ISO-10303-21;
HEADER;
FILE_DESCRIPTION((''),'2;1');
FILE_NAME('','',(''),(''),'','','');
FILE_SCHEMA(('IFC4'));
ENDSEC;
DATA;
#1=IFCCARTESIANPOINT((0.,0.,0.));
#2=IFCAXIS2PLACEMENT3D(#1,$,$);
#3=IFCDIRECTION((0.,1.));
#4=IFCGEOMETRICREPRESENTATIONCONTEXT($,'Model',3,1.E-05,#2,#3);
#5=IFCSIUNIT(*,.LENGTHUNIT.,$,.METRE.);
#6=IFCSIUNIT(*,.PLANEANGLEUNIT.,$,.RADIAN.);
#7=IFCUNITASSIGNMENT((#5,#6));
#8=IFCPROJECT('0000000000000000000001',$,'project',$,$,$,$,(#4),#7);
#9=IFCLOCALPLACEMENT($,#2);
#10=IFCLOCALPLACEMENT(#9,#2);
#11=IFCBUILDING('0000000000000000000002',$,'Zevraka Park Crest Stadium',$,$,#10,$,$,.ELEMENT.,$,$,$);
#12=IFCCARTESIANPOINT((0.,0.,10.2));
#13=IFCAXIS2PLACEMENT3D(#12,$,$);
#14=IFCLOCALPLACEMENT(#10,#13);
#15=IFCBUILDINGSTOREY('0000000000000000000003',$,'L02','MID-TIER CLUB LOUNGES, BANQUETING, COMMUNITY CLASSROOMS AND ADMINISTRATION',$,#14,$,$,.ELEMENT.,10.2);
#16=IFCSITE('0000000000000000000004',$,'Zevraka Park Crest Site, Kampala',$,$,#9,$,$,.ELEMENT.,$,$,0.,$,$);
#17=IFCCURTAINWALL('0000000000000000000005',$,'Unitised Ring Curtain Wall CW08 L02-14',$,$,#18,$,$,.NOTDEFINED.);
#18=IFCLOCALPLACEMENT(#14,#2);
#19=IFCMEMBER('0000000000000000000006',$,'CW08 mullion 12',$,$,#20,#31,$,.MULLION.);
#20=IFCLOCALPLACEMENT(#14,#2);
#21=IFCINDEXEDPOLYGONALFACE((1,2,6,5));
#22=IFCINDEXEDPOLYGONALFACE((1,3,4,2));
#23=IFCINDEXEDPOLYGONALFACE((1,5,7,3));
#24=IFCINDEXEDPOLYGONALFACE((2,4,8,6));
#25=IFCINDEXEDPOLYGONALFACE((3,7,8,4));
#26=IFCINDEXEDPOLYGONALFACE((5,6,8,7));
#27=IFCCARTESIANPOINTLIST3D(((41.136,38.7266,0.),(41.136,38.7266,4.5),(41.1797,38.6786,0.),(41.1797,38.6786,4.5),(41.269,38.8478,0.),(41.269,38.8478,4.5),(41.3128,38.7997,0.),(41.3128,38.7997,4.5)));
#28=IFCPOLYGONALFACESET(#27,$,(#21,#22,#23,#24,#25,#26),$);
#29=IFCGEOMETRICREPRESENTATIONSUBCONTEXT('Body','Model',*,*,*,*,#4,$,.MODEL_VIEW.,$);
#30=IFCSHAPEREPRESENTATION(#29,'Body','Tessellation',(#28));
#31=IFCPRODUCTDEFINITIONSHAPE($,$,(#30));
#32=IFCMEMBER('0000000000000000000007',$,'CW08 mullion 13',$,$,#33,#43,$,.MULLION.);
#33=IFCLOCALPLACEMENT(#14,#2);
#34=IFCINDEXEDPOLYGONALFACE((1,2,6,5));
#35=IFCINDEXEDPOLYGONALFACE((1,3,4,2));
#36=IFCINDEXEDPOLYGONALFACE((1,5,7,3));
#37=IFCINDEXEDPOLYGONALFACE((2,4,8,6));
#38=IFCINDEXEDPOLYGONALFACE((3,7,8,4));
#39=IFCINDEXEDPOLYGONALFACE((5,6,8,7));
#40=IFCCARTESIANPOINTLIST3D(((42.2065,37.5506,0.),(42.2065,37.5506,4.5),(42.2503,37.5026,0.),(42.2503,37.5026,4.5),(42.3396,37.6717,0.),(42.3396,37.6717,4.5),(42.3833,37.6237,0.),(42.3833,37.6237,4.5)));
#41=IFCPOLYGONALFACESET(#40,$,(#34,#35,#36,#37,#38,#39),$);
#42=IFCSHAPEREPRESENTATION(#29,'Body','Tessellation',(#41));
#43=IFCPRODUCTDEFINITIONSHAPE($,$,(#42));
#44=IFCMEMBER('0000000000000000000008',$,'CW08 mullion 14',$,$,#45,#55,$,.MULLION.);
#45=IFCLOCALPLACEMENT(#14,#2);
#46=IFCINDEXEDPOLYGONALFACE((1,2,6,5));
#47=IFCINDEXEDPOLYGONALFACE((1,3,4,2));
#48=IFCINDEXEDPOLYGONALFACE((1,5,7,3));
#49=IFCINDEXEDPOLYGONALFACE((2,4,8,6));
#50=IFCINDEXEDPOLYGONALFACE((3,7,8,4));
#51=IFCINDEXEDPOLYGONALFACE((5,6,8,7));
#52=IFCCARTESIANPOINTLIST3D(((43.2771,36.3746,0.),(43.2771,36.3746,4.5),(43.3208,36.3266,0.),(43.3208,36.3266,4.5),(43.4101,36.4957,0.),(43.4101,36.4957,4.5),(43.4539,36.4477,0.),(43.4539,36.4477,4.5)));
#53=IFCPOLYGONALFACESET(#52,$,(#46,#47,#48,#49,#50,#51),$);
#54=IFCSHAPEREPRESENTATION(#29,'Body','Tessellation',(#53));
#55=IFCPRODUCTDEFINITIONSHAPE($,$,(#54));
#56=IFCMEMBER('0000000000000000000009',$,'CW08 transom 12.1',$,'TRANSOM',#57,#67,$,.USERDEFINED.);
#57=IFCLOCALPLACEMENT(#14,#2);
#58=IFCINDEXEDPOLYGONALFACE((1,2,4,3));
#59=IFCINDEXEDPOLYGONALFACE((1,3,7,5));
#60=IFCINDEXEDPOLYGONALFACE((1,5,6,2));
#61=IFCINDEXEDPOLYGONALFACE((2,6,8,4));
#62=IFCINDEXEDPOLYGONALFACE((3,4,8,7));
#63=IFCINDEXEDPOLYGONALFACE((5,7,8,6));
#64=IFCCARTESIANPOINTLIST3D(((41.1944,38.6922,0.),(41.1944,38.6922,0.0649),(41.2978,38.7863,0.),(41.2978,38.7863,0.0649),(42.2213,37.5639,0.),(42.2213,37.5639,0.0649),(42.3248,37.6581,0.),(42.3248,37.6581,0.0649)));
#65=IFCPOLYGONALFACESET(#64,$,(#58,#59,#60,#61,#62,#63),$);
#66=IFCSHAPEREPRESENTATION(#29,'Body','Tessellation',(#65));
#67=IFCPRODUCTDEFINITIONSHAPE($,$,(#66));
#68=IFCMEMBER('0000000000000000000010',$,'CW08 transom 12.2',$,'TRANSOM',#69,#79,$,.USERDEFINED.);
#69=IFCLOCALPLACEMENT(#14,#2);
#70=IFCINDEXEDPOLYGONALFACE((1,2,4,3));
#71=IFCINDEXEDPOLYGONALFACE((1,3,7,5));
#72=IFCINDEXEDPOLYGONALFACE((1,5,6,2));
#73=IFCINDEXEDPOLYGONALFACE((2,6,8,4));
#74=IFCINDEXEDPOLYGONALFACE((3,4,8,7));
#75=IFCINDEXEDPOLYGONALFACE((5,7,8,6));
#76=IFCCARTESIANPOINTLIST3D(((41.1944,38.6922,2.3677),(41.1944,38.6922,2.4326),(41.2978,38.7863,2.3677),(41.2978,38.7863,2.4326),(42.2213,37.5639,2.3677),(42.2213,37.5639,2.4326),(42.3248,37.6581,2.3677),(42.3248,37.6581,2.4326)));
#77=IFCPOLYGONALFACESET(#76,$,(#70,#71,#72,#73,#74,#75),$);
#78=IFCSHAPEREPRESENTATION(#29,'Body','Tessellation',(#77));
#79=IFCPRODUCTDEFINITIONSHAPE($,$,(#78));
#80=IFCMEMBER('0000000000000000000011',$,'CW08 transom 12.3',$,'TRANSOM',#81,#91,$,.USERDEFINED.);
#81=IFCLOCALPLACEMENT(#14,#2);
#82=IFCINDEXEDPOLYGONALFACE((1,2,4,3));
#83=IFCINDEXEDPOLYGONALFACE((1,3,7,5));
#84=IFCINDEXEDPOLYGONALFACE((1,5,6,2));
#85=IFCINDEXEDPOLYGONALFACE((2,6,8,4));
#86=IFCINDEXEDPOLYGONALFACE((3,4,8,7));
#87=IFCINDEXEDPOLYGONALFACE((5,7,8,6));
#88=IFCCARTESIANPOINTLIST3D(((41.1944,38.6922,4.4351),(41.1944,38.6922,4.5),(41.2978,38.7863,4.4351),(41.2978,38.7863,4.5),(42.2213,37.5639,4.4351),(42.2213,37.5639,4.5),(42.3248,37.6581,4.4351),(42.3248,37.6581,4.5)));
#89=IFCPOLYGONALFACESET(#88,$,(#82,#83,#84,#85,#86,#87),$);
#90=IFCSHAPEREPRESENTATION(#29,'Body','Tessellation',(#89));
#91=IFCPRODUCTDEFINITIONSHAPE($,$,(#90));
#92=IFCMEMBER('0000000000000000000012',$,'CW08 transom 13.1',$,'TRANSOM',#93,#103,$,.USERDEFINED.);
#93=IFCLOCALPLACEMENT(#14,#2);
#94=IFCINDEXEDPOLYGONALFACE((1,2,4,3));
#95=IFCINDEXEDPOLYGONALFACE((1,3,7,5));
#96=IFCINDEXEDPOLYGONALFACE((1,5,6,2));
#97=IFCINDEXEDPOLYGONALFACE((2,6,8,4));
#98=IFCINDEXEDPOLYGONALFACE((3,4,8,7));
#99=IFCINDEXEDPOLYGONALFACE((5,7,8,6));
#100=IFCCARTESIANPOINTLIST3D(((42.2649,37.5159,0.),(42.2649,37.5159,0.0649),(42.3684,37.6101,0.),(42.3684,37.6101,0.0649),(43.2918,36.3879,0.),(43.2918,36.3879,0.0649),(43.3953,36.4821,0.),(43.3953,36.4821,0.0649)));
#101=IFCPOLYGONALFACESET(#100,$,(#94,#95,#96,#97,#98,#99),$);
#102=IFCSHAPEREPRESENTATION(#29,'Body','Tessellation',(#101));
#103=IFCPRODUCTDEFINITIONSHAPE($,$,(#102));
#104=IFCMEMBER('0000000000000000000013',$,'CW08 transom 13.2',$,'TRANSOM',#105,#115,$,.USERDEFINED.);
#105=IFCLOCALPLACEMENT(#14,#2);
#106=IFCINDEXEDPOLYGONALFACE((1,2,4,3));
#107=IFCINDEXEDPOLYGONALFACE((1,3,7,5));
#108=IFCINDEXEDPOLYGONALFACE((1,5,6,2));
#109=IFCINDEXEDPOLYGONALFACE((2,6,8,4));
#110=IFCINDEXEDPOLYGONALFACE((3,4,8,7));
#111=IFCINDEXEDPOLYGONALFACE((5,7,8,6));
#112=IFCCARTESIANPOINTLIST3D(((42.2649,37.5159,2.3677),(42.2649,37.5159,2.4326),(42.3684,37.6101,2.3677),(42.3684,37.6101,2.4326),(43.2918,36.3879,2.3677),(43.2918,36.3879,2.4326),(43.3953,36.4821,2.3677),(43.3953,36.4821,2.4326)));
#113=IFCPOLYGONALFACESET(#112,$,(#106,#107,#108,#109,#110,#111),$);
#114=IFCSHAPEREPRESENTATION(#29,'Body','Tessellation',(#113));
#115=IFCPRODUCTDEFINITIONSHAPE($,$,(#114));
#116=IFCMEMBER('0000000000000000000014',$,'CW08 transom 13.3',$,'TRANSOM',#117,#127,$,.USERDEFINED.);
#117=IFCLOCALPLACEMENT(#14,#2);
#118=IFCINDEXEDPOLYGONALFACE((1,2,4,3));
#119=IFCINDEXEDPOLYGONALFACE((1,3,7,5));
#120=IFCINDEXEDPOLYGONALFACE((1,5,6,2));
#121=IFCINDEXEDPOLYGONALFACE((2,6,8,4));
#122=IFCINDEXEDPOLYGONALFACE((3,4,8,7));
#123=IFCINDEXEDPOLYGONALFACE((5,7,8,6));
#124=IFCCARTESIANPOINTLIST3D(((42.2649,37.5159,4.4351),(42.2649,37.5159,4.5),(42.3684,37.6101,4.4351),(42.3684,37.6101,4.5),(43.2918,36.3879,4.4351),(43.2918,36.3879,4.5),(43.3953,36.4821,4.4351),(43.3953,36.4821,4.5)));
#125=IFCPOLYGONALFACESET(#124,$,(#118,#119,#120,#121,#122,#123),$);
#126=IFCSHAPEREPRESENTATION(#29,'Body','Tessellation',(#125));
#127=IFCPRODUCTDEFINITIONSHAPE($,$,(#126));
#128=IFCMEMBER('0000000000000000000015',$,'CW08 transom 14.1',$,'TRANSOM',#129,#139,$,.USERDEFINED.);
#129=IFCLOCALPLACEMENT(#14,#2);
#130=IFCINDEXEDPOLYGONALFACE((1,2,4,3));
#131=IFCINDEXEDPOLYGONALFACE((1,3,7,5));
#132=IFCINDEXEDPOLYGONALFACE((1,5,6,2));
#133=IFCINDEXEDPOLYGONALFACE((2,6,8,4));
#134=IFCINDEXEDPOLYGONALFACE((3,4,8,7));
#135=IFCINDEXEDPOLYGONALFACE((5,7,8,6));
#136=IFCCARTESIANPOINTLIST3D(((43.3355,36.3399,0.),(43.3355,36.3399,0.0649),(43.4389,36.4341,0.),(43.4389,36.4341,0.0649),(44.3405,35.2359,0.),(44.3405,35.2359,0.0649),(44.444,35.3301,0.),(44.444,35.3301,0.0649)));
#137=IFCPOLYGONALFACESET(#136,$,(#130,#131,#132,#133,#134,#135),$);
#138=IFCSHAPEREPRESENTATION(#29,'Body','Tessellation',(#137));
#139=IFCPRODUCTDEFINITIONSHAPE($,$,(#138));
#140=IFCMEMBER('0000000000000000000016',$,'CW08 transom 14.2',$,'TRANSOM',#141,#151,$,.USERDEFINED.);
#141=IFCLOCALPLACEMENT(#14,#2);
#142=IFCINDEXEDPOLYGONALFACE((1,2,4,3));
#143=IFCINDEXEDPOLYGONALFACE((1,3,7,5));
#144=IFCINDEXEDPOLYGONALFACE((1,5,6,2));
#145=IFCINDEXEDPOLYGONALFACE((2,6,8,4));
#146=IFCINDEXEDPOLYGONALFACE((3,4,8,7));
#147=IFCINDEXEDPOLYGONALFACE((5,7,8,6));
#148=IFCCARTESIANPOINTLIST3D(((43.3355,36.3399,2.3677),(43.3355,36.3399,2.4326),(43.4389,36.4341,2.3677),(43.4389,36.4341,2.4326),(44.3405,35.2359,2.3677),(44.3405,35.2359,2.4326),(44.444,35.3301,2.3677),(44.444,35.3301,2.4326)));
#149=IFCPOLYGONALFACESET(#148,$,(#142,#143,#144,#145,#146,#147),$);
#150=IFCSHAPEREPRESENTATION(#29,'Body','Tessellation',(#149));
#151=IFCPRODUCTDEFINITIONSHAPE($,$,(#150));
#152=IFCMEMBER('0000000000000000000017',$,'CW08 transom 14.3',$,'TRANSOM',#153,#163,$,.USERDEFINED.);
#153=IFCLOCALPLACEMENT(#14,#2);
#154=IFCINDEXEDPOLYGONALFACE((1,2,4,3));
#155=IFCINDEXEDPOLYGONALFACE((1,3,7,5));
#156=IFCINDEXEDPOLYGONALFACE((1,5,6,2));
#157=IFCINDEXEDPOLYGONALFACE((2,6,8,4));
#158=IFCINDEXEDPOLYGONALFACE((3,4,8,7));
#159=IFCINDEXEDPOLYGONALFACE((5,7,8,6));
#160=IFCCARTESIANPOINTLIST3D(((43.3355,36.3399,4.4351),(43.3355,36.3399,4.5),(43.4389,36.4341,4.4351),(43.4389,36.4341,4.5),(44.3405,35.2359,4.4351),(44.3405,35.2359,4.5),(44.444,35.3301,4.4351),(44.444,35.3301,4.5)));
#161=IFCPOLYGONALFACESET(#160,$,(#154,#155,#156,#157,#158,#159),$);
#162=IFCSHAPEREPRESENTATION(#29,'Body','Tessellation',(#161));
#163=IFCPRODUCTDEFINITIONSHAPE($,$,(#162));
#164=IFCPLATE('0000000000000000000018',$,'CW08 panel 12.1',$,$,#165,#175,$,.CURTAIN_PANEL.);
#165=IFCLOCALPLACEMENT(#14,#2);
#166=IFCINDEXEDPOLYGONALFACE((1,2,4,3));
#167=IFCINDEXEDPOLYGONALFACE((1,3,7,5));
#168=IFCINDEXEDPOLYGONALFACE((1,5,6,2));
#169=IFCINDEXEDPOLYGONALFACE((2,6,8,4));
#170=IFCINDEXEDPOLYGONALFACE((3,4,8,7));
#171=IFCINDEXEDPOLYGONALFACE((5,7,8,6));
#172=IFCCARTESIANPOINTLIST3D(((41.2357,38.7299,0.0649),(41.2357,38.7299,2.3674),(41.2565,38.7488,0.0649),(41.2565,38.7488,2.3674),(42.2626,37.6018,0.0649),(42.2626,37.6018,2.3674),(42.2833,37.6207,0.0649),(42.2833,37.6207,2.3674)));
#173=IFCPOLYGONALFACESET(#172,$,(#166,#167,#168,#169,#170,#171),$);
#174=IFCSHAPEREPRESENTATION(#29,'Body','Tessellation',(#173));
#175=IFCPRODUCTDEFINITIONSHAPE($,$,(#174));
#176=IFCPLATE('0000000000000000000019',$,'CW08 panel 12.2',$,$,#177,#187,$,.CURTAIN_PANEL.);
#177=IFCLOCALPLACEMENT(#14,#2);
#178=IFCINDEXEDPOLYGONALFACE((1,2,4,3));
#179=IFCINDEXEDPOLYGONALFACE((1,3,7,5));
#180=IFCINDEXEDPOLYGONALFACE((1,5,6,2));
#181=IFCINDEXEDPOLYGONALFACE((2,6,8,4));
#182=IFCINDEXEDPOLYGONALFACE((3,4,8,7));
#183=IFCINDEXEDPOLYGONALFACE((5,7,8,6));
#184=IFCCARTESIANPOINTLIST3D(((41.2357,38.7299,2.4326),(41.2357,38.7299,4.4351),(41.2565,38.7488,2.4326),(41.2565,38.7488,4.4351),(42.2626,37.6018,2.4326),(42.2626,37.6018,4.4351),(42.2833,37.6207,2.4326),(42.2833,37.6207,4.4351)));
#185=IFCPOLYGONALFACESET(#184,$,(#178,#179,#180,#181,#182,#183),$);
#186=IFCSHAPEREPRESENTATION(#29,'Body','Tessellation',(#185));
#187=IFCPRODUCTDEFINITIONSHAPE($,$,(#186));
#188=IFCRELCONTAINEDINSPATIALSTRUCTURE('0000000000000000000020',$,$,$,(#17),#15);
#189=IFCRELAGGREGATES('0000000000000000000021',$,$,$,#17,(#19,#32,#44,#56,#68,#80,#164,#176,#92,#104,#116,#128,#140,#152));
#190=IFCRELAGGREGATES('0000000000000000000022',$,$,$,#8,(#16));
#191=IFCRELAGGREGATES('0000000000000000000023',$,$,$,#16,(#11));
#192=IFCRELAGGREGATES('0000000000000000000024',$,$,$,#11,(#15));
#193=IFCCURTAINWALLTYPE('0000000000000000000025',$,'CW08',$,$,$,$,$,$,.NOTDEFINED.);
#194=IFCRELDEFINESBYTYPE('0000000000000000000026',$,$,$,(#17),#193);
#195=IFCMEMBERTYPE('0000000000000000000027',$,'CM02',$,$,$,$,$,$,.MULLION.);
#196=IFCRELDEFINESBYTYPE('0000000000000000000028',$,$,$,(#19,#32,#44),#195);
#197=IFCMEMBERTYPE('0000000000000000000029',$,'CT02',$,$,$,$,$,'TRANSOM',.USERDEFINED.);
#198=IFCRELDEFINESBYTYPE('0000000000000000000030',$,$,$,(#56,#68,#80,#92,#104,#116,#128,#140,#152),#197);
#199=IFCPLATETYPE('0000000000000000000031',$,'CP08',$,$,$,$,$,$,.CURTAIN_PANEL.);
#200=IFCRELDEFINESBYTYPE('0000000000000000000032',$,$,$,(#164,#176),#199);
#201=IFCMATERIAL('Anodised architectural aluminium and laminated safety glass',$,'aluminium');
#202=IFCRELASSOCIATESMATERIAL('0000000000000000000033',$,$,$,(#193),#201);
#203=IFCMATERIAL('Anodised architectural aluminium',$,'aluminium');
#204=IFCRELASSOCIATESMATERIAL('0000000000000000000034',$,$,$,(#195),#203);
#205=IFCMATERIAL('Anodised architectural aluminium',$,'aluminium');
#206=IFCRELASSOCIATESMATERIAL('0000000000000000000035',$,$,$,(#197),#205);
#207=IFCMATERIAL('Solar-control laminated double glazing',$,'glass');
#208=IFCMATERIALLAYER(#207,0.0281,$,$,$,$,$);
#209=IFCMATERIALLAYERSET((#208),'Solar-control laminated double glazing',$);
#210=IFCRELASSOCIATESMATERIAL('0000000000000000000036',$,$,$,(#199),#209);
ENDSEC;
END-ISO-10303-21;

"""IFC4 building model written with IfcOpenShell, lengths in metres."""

from ifc_helpers import new_model, si_unit, direction, frame, origin, origin_2d, place, context, subcontext, project, spatial, rectangle, extrude, material, layer, layer_set, material_profile, profile_set, type_object, element, aggregate, save


model = new_model("IFC4")

# Units and contexts
model_context = context("Model", 3, precision=1e-05, world=origin(), true_north=direction((0.0, 1.0)))
body_context = subcontext(model_context, "Body", "Model", "MODEL_VIEW")
ifc_project = project(units=[si_unit("LENGTHUNIT", "METRE"), si_unit("PLANEANGLEUNIT", "RADIAN")], contexts=[model_context])

# Site, building, storey
site_placement = place(None, origin())
site = spatial("IfcSite", under=ifc_project, at=site_placement, Name="Zevraka Park Crest Site, Kampala", CompositionType="ELEMENT", RefElevation=0.0)
building_placement = place(site_placement, origin())
building = spatial("IfcBuilding", under=site, at=building_placement, Name="Zevraka Park Crest Stadium", CompositionType="ELEMENT")
storey_placement = place(building_placement, frame((0.0, 0.0, 10.2)))
storey = spatial("IfcBuildingStorey", under=building, at=storey_placement, Name="L02", Description="MID-TIER CLUB LOUNGES, BANQUETING, COMMUNITY CLASSROOMS AND ADMINISTRATION", CompositionType="ELEMENT", Elevation=10.2)

# Curtain wall, members, plates
ifc_material_1 = material(Name="Anodised architectural aluminium and laminated safety glass", Category="aluminium")
curtain_wall_type = type_object("IfcCurtainWallType", Name="CW08", PredefinedType="NOTDEFINED", material=ifc_material_1)
curtain_wall_placement = place(storey_placement, origin())
curtain_wall = element("IfcCurtainWall", 1, at=curtain_wall_placement, inside=storey, type_object=curtain_wall_type, Name="Unitised Ring Curtain Wall CW08 L02-14", PredefinedType="NOTDEFINED")
ifc_material_2 = material(Name="Anodised architectural aluminium", Category="aluminium")
ifc_material_profile_1 = material_profile(ifc_material_2, rectangle(XDim=0.1799, YDim=0.0649, at=origin_2d()), Name="ALU MULLION 180x65")
ifc_profile_set_1 = profile_set([ifc_material_profile_1], Name="Anodised architectural aluminium")
member_type_1 = type_object("IfcMemberType", Name="CM02", PredefinedType="MULLION", material=ifc_profile_set_1)
member_1_placement = place(storey_placement, frame((41.2244, 38.7632, 0.0), z_axis=(0.0, 0.0, 1.0), x_axis=(0.739497, 0.67316, 0.0)))
member_1 = element("IfcMember", 2, at=member_1_placement, type_object=member_type_1, Name="CW08 mullion 12", PredefinedType="MULLION", context=body_context, shape_type="SweptSolid", body=[
    extrude(rectangle(XDim=0.1799, YDim=0.0649, at=origin_2d()), origin(), (0.0, 0.0, 1.0), 4.5),
])
member_2_placement = place(storey_placement, frame((42.2949, 37.5872, 0.0), z_axis=(0.0, 0.0, 1.0), x_axis=(0.739497, 0.67316, 0.0)))
member_2 = element("IfcMember", 3, at=member_2_placement, type_object=member_type_1, Name="CW08 mullion 13", PredefinedType="MULLION", context=body_context, shape_type="SweptSolid", body=[
    extrude(rectangle(XDim=0.1799, YDim=0.0649, at=origin_2d()), origin(), (0.0, 0.0, 1.0), 4.5),
])
member_3_placement = place(storey_placement, frame((43.3655, 36.4111, 0.0), z_axis=(0.0, 0.0, 1.0), x_axis=(0.739497, 0.67316, 0.0)))
member_3 = element("IfcMember", 4, at=member_3_placement, type_object=member_type_1, Name="CW08 mullion 14", PredefinedType="MULLION", context=body_context, shape_type="SweptSolid", body=[
    extrude(rectangle(XDim=0.1799, YDim=0.0649, at=origin_2d()), origin(), (0.0, 0.0, 1.0), 4.5),
])
ifc_material_3 = material(Name="Anodised architectural aluminium", Category="aluminium")
ifc_material_profile_2 = material_profile(ifc_material_3, rectangle(XDim=0.1399, YDim=0.0649, at=origin_2d()), Name="ALU TRANSOM 140x65")
ifc_profile_set_2 = profile_set([ifc_material_profile_2], Name="Anodised architectural aluminium")
member_type_2 = type_object("IfcMemberType", Name="CT02", ElementType="TRANSOM", PredefinedType="USERDEFINED", material=ifc_profile_set_2)
member_4_placement = place(storey_placement, frame((41.2461, 38.7393, 0.0325), z_axis=(0.673119, -0.739534, 0.0), x_axis=(0.739534, 0.673119, 0.0)))
member_4 = element("IfcMember", 5, at=member_4_placement, type_object=member_type_2, Name="CW08 transom 12.1", ObjectType="TRANSOM", PredefinedType="USERDEFINED", context=body_context, shape_type="SweptSolid", body=[
    extrude(rectangle(XDim=0.1399, YDim=0.0649, at=origin_2d()), origin(), (0.0, 0.0, 1.0), 1.5256),
])
member_5_placement = place(storey_placement, frame((41.2461, 38.7393, 2.4001), z_axis=(0.673119, -0.739534, 0.0), x_axis=(0.739534, 0.673119, 0.0)))
member_5 = element("IfcMember", 6, at=member_5_placement, type_object=member_type_2, Name="CW08 transom 12.2", ObjectType="TRANSOM", PredefinedType="USERDEFINED", context=body_context, shape_type="SweptSolid", body=[
    extrude(rectangle(XDim=0.1399, YDim=0.0649, at=origin_2d()), origin(), (0.0, 0.0, 1.0), 1.5256),
])
member_6_placement = place(storey_placement, frame((41.2461, 38.7393, 4.4675), z_axis=(0.673119, -0.739534, 0.0), x_axis=(0.739534, 0.673119, 0.0)))
member_6 = element("IfcMember", 7, at=member_6_placement, type_object=member_type_2, Name="CW08 transom 12.3", ObjectType="TRANSOM", PredefinedType="USERDEFINED", context=body_context, shape_type="SweptSolid", body=[
    extrude(rectangle(XDim=0.1399, YDim=0.0649, at=origin_2d()), origin(), (0.0, 0.0, 1.0), 1.5256),
])
member_7_placement = place(storey_placement, frame((42.3167, 37.563, 0.0325), z_axis=(0.673198, -0.739462, 0.0), x_axis=(0.739462, 0.673198, 0.0)))
member_7 = element("IfcMember", 8, at=member_7_placement, type_object=member_type_2, Name="CW08 transom 13.1", ObjectType="TRANSOM", PredefinedType="USERDEFINED", context=body_context, shape_type="SweptSolid", body=[
    extrude(rectangle(XDim=0.1399, YDim=0.0649, at=origin_2d()), origin(), (0.0, 0.0, 1.0), 1.5254),
])
member_8_placement = place(storey_placement, frame((42.3167, 37.563, 2.4001), z_axis=(0.673198, -0.739462, 0.0), x_axis=(0.739462, 0.673198, 0.0)))
member_8 = element("IfcMember", 9, at=member_8_placement, type_object=member_type_2, Name="CW08 transom 13.2", ObjectType="TRANSOM", PredefinedType="USERDEFINED", context=body_context, shape_type="SweptSolid", body=[
    extrude(rectangle(XDim=0.1399, YDim=0.0649, at=origin_2d()), origin(), (0.0, 0.0, 1.0), 1.5254),
])
member_9_placement = place(storey_placement, frame((42.3167, 37.563, 4.4675), z_axis=(0.673198, -0.739462, 0.0), x_axis=(0.739462, 0.673198, 0.0)))
member_9 = element("IfcMember", 10, at=member_9_placement, type_object=member_type_2, Name="CW08 transom 13.3", ObjectType="TRANSOM", PredefinedType="USERDEFINED", context=body_context, shape_type="SweptSolid", body=[
    extrude(rectangle(XDim=0.1399, YDim=0.0649, at=origin_2d()), origin(), (0.0, 0.0, 1.0), 1.5254),
])
member_10_placement = place(storey_placement, frame((43.3872, 36.387, 0.0325), z_axis=(0.673218, -0.739444, 0.0), x_axis=(0.739444, 0.673218, 0.0)))
member_10 = element("IfcMember", 11, at=member_10_placement, type_object=member_type_2, Name="CW08 transom 14.1", ObjectType="TRANSOM", PredefinedType="USERDEFINED", context=body_context, shape_type="SweptSolid", body=[
    extrude(rectangle(XDim=0.1399, YDim=0.0649, at=origin_2d()), origin(), (0.0, 0.0, 1.0), 1.4929),
])
member_11_placement = place(storey_placement, frame((43.3872, 36.387, 2.4001), z_axis=(0.673218, -0.739444, 0.0), x_axis=(0.739444, 0.673218, 0.0)))
member_11 = element("IfcMember", 12, at=member_11_placement, type_object=member_type_2, Name="CW08 transom 14.2", ObjectType="TRANSOM", PredefinedType="USERDEFINED", context=body_context, shape_type="SweptSolid", body=[
    extrude(rectangle(XDim=0.1399, YDim=0.0649, at=origin_2d()), origin(), (0.0, 0.0, 1.0), 1.4929),
])
member_12_placement = place(storey_placement, frame((43.3872, 36.387, 4.4675), z_axis=(0.673218, -0.739444, 0.0), x_axis=(0.739444, 0.673218, 0.0)))
member_12 = element("IfcMember", 13, at=member_12_placement, type_object=member_type_2, Name="CW08 transom 14.3", ObjectType="TRANSOM", PredefinedType="USERDEFINED", context=body_context, shape_type="SweptSolid", body=[
    extrude(rectangle(XDim=0.1399, YDim=0.0649, at=origin_2d()), origin(), (0.0, 0.0, 1.0), 1.4929),
])
ifc_material_4 = material(Name="Solar-control laminated double glazing", Category="glass")
ifc_layer_1 = layer(ifc_material_4, 0.0281)
ifc_layer_set_1 = layer_set([ifc_layer_1], Name="Solar-control laminated double glazing")
plate_type = type_object("IfcPlateType", Name="CP08", PredefinedType="CURTAIN_PANEL", material=ifc_layer_set_1)
plate_1_placement = place(storey_placement, frame((41.7595, 38.1753, 0.0649), z_axis=(0.0, 0.0, 1.0), x_axis=(0.67316, -0.739497, 0.0)))
plate_1 = element("IfcPlate", 14, at=plate_1_placement, type_object=plate_type, Name="CW08 panel 12.1", PredefinedType="CURTAIN_PANEL", context=body_context, shape_type="SweptSolid", body=[
    extrude(rectangle(XDim=1.5254, YDim=0.0281, at=origin_2d()), origin(), (0.0, 0.0, 1.0), 2.3025),
])
plate_2_placement = place(storey_placement, frame((41.7595, 38.1753, 2.4326), z_axis=(0.0, 0.0, 1.0), x_axis=(0.67316, -0.739497, 0.0)))
plate_2 = element("IfcPlate", 15, at=plate_2_placement, type_object=plate_type, Name="CW08 panel 12.2", PredefinedType="CURTAIN_PANEL", context=body_context, shape_type="SweptSolid", body=[
    extrude(rectangle(XDim=1.5254, YDim=0.0281, at=origin_2d()), origin(), (0.0, 0.0, 1.0), 2.0024),
])
aggregate(curtain_wall, [member_1, member_2, member_3, member_4, member_5, member_6, plate_1, plate_2, member_7, member_8, member_9, member_10, member_11, member_12])

save(model, "model.ifc")
